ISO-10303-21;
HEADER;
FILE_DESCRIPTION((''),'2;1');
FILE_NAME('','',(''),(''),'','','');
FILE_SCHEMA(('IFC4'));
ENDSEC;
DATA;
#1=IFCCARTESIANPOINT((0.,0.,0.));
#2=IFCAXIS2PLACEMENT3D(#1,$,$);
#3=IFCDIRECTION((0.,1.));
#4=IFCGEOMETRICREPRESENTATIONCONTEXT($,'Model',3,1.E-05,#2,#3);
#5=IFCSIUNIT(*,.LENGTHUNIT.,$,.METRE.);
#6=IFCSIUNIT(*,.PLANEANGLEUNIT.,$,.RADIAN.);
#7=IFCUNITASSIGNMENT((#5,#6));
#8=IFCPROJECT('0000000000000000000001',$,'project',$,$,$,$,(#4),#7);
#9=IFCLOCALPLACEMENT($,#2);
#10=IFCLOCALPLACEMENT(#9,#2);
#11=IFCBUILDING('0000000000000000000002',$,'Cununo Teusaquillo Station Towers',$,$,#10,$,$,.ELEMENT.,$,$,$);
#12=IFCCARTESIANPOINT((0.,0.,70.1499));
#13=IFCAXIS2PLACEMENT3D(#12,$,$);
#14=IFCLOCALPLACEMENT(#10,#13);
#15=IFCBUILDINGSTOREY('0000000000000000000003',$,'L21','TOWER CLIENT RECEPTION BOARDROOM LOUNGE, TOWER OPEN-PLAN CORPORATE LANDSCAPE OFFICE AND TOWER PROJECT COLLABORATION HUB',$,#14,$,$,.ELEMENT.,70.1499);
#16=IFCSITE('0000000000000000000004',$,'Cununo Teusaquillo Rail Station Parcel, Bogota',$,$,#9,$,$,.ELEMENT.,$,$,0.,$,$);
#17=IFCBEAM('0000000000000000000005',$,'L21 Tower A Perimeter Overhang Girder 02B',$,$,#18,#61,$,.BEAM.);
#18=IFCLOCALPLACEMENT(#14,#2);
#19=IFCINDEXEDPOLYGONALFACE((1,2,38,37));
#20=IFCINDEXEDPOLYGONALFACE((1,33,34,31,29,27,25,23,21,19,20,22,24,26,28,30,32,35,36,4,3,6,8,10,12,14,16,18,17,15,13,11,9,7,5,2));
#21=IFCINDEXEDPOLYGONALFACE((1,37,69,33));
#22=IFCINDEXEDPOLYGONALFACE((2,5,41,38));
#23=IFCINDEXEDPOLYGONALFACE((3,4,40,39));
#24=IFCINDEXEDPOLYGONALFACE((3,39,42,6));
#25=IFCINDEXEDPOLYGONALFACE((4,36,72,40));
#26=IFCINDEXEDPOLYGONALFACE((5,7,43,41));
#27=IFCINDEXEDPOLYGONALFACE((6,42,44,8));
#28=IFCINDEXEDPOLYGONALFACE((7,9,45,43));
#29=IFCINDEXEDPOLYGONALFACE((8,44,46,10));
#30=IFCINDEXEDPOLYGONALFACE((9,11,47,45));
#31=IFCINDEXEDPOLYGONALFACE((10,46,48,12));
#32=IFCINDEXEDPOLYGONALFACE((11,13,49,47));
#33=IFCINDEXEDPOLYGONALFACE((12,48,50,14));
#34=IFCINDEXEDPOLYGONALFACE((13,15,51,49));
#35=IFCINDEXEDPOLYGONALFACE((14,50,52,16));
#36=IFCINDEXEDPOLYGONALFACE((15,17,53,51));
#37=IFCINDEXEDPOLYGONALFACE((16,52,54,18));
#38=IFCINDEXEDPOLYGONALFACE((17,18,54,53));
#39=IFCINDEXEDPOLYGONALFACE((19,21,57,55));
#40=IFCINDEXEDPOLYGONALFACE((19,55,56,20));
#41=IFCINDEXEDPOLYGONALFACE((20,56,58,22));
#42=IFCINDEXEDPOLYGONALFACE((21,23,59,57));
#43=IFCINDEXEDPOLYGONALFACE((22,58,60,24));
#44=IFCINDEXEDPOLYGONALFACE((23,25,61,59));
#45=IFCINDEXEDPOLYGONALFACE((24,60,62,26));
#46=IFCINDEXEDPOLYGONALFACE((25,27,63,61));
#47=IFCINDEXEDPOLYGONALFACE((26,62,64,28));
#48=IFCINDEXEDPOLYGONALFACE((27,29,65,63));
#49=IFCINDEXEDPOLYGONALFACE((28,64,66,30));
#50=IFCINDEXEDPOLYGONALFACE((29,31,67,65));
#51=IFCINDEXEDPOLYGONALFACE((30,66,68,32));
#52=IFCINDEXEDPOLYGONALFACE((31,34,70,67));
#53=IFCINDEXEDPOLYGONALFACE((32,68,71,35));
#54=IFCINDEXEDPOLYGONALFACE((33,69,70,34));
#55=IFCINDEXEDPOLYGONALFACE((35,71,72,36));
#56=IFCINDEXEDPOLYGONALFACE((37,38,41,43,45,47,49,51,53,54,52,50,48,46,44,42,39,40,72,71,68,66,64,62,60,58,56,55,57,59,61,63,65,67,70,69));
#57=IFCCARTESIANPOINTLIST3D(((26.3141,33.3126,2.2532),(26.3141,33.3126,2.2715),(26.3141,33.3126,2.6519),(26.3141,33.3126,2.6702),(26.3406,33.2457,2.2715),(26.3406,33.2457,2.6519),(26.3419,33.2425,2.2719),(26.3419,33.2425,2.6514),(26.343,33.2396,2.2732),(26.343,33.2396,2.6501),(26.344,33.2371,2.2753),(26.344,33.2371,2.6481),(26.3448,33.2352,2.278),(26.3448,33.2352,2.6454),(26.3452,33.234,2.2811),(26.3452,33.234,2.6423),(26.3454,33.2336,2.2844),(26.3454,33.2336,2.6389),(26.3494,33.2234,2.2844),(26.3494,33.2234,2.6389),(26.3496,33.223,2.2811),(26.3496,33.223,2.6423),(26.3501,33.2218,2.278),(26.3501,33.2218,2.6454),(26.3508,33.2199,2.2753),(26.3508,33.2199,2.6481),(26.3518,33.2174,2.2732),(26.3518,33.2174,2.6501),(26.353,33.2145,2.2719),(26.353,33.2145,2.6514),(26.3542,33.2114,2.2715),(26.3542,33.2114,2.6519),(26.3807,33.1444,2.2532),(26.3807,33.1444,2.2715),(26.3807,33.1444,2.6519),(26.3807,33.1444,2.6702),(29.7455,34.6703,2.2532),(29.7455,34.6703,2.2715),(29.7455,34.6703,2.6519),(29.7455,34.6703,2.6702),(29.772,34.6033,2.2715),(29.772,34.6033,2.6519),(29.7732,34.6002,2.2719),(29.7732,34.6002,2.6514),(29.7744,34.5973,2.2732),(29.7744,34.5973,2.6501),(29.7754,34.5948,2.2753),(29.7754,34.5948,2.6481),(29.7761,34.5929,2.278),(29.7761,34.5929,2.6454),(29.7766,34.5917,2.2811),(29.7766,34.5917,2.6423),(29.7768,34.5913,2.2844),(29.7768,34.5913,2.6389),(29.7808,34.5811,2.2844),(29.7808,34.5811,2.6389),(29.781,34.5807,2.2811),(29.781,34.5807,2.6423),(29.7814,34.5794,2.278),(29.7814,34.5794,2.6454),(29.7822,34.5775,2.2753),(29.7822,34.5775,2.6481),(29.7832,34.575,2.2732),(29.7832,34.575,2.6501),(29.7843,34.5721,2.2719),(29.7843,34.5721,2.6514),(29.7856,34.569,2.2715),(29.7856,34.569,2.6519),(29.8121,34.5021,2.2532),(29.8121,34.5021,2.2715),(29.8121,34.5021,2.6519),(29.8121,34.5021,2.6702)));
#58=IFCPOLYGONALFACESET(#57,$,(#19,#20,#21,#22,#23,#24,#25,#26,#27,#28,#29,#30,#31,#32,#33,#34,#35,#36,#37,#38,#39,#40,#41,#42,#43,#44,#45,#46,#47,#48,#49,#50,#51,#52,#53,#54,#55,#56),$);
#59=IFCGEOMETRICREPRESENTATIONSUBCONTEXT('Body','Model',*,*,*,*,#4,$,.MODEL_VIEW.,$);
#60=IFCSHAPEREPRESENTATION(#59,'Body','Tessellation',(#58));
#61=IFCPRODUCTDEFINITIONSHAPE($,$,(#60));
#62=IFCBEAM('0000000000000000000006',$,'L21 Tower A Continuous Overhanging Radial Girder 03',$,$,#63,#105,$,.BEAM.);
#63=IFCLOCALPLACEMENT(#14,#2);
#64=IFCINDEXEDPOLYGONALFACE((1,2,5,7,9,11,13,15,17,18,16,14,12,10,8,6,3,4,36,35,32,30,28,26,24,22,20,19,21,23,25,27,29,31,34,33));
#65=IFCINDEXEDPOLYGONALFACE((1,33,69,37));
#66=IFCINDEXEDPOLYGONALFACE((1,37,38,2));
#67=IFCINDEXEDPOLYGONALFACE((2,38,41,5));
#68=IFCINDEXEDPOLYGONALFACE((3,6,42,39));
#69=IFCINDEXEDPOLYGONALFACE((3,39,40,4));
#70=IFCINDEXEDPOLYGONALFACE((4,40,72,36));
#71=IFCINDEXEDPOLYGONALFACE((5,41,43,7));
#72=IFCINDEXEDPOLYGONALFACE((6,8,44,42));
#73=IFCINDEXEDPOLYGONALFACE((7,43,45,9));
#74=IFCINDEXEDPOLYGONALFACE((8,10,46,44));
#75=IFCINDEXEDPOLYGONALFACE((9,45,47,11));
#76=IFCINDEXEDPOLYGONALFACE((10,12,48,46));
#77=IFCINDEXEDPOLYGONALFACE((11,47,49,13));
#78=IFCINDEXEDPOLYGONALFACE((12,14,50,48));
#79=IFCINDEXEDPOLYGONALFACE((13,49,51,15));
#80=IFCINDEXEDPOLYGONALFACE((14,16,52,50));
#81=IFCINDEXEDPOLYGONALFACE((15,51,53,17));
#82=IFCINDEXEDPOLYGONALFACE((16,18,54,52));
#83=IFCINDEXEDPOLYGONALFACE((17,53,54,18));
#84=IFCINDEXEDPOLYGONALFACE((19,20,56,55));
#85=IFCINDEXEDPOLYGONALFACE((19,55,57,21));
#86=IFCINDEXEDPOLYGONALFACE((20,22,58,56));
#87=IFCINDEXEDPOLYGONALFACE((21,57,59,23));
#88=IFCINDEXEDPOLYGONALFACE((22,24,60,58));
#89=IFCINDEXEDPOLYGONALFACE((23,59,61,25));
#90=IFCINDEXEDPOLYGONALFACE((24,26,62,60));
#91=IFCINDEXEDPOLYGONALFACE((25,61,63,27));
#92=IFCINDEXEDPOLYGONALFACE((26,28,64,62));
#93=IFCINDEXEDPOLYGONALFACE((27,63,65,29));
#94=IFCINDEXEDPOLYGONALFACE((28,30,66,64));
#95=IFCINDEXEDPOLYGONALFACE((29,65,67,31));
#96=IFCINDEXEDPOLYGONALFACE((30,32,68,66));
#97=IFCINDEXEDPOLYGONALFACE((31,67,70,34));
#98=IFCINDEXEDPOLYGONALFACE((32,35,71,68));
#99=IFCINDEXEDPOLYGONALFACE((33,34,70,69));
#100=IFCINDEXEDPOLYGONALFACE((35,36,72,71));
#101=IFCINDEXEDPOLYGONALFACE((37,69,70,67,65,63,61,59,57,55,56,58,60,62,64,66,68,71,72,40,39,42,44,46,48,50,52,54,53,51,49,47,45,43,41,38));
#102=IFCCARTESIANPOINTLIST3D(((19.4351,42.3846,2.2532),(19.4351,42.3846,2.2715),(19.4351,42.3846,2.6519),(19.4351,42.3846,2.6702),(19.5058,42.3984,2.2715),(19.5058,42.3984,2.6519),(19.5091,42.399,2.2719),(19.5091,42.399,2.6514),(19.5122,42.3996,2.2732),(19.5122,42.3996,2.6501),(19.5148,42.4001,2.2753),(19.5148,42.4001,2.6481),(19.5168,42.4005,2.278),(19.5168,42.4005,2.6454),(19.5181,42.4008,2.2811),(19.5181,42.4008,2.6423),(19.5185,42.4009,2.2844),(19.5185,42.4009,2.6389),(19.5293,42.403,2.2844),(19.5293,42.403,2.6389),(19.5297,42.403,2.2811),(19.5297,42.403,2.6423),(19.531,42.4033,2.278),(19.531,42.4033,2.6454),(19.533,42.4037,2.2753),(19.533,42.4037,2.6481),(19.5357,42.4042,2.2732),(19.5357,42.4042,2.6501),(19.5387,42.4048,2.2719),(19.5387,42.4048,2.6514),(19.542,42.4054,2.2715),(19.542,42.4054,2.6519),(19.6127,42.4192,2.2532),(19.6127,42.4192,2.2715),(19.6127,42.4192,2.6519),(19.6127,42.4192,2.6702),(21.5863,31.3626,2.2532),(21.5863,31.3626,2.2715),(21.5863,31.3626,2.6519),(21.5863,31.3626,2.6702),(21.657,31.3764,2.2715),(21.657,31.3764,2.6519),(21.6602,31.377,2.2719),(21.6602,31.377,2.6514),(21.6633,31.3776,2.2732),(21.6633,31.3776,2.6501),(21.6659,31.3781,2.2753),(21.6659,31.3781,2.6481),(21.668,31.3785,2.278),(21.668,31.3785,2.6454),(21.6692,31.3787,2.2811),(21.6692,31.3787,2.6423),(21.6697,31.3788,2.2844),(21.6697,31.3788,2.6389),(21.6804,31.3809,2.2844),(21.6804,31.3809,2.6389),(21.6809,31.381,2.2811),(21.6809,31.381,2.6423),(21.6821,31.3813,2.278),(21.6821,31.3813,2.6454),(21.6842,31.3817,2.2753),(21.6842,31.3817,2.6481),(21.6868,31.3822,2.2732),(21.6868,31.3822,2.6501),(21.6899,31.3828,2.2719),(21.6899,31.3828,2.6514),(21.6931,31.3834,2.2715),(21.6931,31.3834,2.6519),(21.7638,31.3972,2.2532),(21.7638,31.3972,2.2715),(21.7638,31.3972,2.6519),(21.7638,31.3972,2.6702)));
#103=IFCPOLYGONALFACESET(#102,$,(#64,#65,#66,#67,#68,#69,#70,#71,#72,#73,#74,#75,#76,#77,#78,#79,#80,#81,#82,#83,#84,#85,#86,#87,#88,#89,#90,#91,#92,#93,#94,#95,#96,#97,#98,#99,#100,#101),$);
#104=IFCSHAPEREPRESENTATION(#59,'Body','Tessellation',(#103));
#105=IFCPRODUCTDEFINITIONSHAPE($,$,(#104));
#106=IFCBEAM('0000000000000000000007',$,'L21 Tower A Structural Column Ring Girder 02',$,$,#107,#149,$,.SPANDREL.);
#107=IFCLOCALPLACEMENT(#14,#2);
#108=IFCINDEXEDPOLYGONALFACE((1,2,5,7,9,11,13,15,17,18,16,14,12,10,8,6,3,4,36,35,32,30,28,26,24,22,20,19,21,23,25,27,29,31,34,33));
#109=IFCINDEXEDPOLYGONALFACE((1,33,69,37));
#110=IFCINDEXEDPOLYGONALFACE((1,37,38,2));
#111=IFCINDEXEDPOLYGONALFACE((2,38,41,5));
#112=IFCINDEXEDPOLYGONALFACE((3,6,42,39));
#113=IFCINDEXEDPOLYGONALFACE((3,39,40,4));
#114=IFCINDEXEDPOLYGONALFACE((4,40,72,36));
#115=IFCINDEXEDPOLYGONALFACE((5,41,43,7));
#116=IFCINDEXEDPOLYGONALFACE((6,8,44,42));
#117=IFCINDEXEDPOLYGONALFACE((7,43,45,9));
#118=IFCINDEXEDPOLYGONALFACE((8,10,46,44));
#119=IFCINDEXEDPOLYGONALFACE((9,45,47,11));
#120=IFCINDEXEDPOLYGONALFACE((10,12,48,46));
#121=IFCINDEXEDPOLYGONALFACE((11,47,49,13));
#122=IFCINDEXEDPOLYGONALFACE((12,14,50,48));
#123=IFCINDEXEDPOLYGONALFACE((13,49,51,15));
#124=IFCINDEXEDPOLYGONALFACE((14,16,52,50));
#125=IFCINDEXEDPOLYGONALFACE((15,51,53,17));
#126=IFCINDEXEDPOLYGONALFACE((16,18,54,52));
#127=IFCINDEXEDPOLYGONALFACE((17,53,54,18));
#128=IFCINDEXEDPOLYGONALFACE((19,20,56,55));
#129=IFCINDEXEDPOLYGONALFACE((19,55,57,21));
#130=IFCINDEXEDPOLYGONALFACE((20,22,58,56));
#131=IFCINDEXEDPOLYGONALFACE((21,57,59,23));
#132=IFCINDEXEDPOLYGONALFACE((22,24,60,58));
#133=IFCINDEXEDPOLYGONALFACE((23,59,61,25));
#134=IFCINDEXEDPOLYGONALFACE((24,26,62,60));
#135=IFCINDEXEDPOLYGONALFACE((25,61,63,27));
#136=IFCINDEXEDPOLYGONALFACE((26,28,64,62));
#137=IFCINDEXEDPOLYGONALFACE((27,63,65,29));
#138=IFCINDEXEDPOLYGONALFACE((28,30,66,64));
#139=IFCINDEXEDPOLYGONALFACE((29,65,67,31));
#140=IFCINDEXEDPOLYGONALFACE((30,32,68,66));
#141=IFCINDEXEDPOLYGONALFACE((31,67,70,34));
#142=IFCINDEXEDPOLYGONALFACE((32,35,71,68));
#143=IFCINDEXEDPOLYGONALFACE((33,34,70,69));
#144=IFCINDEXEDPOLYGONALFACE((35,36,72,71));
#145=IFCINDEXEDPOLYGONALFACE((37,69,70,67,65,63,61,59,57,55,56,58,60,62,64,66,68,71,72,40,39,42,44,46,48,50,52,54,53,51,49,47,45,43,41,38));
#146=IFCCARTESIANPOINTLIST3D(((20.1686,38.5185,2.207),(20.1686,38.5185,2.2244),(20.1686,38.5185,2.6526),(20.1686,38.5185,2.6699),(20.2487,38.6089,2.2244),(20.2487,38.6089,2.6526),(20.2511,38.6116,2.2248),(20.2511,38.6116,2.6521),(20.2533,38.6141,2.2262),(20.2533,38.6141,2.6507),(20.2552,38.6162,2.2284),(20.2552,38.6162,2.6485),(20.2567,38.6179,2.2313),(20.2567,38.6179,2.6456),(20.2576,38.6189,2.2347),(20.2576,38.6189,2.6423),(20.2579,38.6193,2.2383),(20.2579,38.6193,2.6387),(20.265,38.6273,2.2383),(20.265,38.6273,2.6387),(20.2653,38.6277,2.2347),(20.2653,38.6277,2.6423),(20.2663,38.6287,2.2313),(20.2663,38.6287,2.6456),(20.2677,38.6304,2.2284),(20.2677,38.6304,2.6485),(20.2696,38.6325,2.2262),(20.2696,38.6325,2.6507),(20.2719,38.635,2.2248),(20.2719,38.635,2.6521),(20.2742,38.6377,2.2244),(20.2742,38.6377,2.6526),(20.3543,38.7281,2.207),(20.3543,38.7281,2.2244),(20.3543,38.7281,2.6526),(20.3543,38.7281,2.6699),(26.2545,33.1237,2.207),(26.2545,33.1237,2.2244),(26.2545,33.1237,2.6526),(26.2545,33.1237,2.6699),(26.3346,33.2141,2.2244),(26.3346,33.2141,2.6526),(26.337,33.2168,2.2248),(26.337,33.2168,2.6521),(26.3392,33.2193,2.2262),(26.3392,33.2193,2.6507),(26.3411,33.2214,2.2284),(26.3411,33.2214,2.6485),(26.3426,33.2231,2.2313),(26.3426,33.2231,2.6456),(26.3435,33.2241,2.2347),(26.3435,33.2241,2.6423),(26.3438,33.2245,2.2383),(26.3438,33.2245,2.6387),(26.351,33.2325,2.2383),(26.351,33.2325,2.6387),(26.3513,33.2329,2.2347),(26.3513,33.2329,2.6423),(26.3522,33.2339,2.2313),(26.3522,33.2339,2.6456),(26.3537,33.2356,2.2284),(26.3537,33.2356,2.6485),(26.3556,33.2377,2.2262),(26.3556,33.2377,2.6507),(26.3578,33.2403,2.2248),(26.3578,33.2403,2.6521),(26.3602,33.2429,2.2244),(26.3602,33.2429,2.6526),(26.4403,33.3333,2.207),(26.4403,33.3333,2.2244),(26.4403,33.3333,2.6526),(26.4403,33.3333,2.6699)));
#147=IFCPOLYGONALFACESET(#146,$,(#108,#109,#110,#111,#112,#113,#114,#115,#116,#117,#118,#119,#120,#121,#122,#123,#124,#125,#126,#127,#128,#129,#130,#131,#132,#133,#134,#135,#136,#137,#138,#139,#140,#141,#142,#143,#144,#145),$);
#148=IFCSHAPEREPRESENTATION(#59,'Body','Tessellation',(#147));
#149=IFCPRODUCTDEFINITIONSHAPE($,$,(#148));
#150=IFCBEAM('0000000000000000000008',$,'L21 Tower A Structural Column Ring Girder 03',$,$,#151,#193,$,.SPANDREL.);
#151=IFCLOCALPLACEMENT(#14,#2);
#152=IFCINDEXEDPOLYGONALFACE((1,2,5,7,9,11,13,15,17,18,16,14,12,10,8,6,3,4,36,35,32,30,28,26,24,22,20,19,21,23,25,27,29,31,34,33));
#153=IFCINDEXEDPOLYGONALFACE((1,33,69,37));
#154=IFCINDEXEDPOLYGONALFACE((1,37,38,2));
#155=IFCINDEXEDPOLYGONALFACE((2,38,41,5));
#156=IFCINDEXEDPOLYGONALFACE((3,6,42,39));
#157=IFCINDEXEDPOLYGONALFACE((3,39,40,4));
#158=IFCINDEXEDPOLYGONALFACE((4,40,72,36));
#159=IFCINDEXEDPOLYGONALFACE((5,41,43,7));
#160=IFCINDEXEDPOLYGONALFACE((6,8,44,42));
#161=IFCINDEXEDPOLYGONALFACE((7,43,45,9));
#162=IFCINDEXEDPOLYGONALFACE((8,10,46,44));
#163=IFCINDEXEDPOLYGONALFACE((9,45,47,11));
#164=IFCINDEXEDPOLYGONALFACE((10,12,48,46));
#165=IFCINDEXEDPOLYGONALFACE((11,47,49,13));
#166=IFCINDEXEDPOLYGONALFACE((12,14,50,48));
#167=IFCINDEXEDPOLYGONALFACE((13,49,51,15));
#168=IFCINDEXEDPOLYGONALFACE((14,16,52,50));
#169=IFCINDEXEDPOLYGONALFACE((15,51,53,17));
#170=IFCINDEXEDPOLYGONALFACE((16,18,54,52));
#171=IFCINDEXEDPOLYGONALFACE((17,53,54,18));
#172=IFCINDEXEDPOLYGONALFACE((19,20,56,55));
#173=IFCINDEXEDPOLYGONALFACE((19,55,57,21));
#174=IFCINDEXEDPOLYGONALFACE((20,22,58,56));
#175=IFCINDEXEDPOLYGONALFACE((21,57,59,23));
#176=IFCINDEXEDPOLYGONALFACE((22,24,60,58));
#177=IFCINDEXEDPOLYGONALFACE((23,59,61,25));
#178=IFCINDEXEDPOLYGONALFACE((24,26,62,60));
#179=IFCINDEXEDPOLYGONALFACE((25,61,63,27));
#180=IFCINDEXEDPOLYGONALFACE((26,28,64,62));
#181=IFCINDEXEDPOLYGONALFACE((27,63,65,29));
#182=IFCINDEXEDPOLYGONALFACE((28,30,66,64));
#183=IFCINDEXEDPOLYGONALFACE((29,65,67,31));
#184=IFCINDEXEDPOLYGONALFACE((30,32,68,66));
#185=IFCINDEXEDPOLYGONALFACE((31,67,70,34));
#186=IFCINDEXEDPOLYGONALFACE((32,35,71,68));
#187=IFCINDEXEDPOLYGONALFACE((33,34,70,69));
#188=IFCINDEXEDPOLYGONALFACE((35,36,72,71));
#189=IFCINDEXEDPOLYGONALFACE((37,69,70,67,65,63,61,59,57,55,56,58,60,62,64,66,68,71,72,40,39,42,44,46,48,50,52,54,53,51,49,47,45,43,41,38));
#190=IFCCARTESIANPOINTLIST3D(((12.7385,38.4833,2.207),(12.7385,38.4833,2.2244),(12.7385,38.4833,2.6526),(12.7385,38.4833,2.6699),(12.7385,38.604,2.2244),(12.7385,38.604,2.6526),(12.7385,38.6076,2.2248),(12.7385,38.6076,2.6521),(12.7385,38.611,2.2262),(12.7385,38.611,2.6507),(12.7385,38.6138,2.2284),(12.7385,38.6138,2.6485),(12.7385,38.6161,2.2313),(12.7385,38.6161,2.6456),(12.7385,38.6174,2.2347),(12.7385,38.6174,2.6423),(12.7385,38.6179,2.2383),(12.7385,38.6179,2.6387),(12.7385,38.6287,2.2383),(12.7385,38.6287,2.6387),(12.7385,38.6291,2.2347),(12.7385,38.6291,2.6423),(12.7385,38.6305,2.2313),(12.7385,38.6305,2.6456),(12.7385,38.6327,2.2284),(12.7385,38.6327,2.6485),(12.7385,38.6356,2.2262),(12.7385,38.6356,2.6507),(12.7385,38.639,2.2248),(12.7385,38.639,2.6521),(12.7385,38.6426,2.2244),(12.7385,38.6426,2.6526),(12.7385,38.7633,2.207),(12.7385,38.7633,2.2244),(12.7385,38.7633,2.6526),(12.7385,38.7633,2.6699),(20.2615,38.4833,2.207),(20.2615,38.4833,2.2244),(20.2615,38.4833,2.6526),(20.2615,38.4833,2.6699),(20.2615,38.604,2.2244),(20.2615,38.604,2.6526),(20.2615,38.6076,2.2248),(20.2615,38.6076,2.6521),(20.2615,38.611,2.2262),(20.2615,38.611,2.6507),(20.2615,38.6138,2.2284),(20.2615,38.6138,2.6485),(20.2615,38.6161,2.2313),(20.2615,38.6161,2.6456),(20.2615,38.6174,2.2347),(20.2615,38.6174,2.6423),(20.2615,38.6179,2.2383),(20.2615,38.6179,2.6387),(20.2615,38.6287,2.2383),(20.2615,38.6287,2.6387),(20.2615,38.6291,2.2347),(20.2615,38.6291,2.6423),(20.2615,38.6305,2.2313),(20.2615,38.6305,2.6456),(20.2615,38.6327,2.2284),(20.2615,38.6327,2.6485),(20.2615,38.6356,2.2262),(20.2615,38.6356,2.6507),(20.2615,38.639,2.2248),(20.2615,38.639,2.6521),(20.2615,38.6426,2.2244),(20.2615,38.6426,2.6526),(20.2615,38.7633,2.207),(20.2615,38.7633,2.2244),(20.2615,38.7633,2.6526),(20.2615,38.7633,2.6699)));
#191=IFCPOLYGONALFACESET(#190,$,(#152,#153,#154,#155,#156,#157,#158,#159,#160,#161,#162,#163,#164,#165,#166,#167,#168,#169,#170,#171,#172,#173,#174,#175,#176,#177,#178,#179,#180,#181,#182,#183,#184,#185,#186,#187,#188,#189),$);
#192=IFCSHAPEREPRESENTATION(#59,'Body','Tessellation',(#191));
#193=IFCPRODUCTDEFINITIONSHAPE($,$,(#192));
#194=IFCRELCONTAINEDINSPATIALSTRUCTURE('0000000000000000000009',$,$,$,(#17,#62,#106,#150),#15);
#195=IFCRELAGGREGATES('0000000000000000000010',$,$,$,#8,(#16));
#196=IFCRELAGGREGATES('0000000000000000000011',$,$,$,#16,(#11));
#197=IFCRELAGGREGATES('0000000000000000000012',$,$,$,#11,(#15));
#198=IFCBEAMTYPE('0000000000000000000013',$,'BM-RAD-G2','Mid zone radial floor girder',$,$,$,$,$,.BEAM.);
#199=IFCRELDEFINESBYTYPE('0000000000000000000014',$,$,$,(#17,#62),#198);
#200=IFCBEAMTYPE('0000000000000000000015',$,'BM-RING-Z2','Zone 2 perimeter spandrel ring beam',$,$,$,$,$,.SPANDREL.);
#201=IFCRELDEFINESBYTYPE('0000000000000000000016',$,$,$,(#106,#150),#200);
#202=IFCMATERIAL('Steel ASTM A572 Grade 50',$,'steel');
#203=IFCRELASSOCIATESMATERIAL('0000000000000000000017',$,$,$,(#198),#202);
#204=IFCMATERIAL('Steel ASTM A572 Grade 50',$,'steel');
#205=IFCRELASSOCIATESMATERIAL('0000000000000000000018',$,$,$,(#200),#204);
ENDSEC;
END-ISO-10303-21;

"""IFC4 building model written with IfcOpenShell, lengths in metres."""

from ifc_helpers import new_model, si_unit, direction, frame, origin, origin_2d, place, context, subcontext, project, spatial, i_section, extrude, material, material_profile, profile_set, type_object, element, save


model = new_model("IFC4")

# Units and contexts
model_context = context("Model", 3, precision=1e-05, world=origin(), true_north=direction((0.0, 1.0)))
body_context = subcontext(model_context, "Body", "Model", "MODEL_VIEW")
ifc_project = project(units=[si_unit("LENGTHUNIT", "METRE"), si_unit("PLANEANGLEUNIT", "RADIAN")], contexts=[model_context])

# Site, building, storey
site_placement = place(None, origin())
site = spatial("IfcSite", under=ifc_project, at=site_placement, Name="Cununo Teusaquillo Rail Station Parcel, Bogota", CompositionType="ELEMENT", RefElevation=0.0)
building_placement = place(site_placement, origin())
building = spatial("IfcBuilding", under=site, at=building_placement, Name="Cununo Teusaquillo Station Towers", CompositionType="ELEMENT")
storey_placement = place(building_placement, frame((0.0, 0.0, 70.1499)))
storey = spatial("IfcBuildingStorey", under=building, at=storey_placement, Name="L21", Description="TOWER CLIENT RECEPTION BOARDROOM LOUNGE, TOWER OPEN-PLAN CORPORATE LANDSCAPE OFFICE AND TOWER PROJECT COLLABORATION HUB", CompositionType="ELEMENT", Elevation=70.1499)

# Beams
ifc_material_1 = material(Name="Steel ASTM A572 Grade 50", Category="steel")
ifc_material_profile_1 = material_profile(ifc_material_1, i_section(OverallWidth=0.1809, OverallDepth=0.417, WebThickness=0.011, FlangeThickness=0.0183, FilletRadius=0.0129, at=origin_2d()), Name="W16X57")
ifc_profile_set_1 = profile_set([ifc_material_profile_1], Name="Steel ASTM A572 Grade 50")
beam_type_1 = type_object("IfcBeamType", Name="BM-RAD-G2", Description="Mid zone radial floor girder", PredefinedType="BEAM", material=ifc_profile_set_1)
beam_1_placement = place(storey_placement, frame((26.3474, 33.2285, 2.4617), z_axis=(0.929862, 0.367909, 0.0), x_axis=(-0.367909, 0.929862, 0.0)))
element("IfcBeam", 1, at=beam_1_placement, inside=storey, type_object=beam_type_1, Name="L21 Tower A Perimeter Overhang Girder 02B", PredefinedType="BEAM", context=body_context, shape_type="SweptSolid", body=[
    extrude(i_section(OverallWidth=0.1809, OverallDepth=0.417, WebThickness=0.011, FlangeThickness=0.0183, FilletRadius=0.0129, at=origin_2d()), origin(), (0.0, 0.0, 1.0), 3.6902),
])
beam_2_placement = place(storey_placement, frame((21.675, 31.3799, 2.4617), z_axis=(-0.191553, 0.981482, 0.0), x_axis=(-0.981482, -0.191553, 0.0)))
element("IfcBeam", 2, at=beam_2_placement, inside=storey, type_object=beam_type_1, Name="L21 Tower A Continuous Overhanging Radial Girder 03", PredefinedType="BEAM", context=body_context, shape_type="SweptSolid", body=[
    extrude(i_section(OverallWidth=0.1809, OverallDepth=0.417, WebThickness=0.011, FlangeThickness=0.0183, FilletRadius=0.0129, at=origin_2d()), origin(), (0.0, 0.0, 1.0), 11.23),
])
ifc_material_2 = material(Name="Steel ASTM A572 Grade 50", Category="steel")
ifc_material_profile_2 = material_profile(ifc_material_2, i_section(OverallWidth=0.28, OverallDepth=0.4629, WebThickness=0.0107, FlangeThickness=0.0173, FilletRadius=0.0139, at=origin_2d()), Name="W18X76")
ifc_profile_set_2 = profile_set([ifc_material_profile_2], Name="Steel ASTM A572 Grade 50")
beam_type_2 = type_object("IfcBeamType", Name="BM-RING-Z2", Description="Zone 2 perimeter spandrel ring beam", PredefinedType="SPANDREL", material=ifc_profile_set_2)
beam_3_placement = place(storey_placement, frame((26.3474, 33.2285, 2.4385), z_axis=(-0.748321, 0.663337, 0.0), x_axis=(-0.663337, -0.748321, 0.0)))
element("IfcBeam", 3, at=beam_3_placement, inside=storey, type_object=beam_type_2, Name="L21 Tower A Structural Column Ring Girder 02", PredefinedType="SPANDREL", context=body_context, shape_type="SweptSolid", body=[
    extrude(i_section(OverallWidth=0.28, OverallDepth=0.4629, WebThickness=0.0107, FlangeThickness=0.0173, FilletRadius=0.0139, at=origin_2d()), origin(), (0.0, 0.0, 1.0), 8.1328),
])
beam_4_placement = place(storey_placement, frame((20.2615, 38.6233, 2.4385), z_axis=(-1.0, 0.0, 0.0), x_axis=(0.0, -1.0, 0.0)))
element("IfcBeam", 4, at=beam_4_placement, inside=storey, type_object=beam_type_2, Name="L21 Tower A Structural Column Ring Girder 03", PredefinedType="SPANDREL", context=body_context, shape_type="SweptSolid", body=[
    extrude(i_section(OverallWidth=0.28, OverallDepth=0.4629, WebThickness=0.0107, FlangeThickness=0.0173, FilletRadius=0.0139, at=origin_2d()), origin(), (0.0, 0.0, 1.0), 7.5229),
])

save(model, "model.ifc")
